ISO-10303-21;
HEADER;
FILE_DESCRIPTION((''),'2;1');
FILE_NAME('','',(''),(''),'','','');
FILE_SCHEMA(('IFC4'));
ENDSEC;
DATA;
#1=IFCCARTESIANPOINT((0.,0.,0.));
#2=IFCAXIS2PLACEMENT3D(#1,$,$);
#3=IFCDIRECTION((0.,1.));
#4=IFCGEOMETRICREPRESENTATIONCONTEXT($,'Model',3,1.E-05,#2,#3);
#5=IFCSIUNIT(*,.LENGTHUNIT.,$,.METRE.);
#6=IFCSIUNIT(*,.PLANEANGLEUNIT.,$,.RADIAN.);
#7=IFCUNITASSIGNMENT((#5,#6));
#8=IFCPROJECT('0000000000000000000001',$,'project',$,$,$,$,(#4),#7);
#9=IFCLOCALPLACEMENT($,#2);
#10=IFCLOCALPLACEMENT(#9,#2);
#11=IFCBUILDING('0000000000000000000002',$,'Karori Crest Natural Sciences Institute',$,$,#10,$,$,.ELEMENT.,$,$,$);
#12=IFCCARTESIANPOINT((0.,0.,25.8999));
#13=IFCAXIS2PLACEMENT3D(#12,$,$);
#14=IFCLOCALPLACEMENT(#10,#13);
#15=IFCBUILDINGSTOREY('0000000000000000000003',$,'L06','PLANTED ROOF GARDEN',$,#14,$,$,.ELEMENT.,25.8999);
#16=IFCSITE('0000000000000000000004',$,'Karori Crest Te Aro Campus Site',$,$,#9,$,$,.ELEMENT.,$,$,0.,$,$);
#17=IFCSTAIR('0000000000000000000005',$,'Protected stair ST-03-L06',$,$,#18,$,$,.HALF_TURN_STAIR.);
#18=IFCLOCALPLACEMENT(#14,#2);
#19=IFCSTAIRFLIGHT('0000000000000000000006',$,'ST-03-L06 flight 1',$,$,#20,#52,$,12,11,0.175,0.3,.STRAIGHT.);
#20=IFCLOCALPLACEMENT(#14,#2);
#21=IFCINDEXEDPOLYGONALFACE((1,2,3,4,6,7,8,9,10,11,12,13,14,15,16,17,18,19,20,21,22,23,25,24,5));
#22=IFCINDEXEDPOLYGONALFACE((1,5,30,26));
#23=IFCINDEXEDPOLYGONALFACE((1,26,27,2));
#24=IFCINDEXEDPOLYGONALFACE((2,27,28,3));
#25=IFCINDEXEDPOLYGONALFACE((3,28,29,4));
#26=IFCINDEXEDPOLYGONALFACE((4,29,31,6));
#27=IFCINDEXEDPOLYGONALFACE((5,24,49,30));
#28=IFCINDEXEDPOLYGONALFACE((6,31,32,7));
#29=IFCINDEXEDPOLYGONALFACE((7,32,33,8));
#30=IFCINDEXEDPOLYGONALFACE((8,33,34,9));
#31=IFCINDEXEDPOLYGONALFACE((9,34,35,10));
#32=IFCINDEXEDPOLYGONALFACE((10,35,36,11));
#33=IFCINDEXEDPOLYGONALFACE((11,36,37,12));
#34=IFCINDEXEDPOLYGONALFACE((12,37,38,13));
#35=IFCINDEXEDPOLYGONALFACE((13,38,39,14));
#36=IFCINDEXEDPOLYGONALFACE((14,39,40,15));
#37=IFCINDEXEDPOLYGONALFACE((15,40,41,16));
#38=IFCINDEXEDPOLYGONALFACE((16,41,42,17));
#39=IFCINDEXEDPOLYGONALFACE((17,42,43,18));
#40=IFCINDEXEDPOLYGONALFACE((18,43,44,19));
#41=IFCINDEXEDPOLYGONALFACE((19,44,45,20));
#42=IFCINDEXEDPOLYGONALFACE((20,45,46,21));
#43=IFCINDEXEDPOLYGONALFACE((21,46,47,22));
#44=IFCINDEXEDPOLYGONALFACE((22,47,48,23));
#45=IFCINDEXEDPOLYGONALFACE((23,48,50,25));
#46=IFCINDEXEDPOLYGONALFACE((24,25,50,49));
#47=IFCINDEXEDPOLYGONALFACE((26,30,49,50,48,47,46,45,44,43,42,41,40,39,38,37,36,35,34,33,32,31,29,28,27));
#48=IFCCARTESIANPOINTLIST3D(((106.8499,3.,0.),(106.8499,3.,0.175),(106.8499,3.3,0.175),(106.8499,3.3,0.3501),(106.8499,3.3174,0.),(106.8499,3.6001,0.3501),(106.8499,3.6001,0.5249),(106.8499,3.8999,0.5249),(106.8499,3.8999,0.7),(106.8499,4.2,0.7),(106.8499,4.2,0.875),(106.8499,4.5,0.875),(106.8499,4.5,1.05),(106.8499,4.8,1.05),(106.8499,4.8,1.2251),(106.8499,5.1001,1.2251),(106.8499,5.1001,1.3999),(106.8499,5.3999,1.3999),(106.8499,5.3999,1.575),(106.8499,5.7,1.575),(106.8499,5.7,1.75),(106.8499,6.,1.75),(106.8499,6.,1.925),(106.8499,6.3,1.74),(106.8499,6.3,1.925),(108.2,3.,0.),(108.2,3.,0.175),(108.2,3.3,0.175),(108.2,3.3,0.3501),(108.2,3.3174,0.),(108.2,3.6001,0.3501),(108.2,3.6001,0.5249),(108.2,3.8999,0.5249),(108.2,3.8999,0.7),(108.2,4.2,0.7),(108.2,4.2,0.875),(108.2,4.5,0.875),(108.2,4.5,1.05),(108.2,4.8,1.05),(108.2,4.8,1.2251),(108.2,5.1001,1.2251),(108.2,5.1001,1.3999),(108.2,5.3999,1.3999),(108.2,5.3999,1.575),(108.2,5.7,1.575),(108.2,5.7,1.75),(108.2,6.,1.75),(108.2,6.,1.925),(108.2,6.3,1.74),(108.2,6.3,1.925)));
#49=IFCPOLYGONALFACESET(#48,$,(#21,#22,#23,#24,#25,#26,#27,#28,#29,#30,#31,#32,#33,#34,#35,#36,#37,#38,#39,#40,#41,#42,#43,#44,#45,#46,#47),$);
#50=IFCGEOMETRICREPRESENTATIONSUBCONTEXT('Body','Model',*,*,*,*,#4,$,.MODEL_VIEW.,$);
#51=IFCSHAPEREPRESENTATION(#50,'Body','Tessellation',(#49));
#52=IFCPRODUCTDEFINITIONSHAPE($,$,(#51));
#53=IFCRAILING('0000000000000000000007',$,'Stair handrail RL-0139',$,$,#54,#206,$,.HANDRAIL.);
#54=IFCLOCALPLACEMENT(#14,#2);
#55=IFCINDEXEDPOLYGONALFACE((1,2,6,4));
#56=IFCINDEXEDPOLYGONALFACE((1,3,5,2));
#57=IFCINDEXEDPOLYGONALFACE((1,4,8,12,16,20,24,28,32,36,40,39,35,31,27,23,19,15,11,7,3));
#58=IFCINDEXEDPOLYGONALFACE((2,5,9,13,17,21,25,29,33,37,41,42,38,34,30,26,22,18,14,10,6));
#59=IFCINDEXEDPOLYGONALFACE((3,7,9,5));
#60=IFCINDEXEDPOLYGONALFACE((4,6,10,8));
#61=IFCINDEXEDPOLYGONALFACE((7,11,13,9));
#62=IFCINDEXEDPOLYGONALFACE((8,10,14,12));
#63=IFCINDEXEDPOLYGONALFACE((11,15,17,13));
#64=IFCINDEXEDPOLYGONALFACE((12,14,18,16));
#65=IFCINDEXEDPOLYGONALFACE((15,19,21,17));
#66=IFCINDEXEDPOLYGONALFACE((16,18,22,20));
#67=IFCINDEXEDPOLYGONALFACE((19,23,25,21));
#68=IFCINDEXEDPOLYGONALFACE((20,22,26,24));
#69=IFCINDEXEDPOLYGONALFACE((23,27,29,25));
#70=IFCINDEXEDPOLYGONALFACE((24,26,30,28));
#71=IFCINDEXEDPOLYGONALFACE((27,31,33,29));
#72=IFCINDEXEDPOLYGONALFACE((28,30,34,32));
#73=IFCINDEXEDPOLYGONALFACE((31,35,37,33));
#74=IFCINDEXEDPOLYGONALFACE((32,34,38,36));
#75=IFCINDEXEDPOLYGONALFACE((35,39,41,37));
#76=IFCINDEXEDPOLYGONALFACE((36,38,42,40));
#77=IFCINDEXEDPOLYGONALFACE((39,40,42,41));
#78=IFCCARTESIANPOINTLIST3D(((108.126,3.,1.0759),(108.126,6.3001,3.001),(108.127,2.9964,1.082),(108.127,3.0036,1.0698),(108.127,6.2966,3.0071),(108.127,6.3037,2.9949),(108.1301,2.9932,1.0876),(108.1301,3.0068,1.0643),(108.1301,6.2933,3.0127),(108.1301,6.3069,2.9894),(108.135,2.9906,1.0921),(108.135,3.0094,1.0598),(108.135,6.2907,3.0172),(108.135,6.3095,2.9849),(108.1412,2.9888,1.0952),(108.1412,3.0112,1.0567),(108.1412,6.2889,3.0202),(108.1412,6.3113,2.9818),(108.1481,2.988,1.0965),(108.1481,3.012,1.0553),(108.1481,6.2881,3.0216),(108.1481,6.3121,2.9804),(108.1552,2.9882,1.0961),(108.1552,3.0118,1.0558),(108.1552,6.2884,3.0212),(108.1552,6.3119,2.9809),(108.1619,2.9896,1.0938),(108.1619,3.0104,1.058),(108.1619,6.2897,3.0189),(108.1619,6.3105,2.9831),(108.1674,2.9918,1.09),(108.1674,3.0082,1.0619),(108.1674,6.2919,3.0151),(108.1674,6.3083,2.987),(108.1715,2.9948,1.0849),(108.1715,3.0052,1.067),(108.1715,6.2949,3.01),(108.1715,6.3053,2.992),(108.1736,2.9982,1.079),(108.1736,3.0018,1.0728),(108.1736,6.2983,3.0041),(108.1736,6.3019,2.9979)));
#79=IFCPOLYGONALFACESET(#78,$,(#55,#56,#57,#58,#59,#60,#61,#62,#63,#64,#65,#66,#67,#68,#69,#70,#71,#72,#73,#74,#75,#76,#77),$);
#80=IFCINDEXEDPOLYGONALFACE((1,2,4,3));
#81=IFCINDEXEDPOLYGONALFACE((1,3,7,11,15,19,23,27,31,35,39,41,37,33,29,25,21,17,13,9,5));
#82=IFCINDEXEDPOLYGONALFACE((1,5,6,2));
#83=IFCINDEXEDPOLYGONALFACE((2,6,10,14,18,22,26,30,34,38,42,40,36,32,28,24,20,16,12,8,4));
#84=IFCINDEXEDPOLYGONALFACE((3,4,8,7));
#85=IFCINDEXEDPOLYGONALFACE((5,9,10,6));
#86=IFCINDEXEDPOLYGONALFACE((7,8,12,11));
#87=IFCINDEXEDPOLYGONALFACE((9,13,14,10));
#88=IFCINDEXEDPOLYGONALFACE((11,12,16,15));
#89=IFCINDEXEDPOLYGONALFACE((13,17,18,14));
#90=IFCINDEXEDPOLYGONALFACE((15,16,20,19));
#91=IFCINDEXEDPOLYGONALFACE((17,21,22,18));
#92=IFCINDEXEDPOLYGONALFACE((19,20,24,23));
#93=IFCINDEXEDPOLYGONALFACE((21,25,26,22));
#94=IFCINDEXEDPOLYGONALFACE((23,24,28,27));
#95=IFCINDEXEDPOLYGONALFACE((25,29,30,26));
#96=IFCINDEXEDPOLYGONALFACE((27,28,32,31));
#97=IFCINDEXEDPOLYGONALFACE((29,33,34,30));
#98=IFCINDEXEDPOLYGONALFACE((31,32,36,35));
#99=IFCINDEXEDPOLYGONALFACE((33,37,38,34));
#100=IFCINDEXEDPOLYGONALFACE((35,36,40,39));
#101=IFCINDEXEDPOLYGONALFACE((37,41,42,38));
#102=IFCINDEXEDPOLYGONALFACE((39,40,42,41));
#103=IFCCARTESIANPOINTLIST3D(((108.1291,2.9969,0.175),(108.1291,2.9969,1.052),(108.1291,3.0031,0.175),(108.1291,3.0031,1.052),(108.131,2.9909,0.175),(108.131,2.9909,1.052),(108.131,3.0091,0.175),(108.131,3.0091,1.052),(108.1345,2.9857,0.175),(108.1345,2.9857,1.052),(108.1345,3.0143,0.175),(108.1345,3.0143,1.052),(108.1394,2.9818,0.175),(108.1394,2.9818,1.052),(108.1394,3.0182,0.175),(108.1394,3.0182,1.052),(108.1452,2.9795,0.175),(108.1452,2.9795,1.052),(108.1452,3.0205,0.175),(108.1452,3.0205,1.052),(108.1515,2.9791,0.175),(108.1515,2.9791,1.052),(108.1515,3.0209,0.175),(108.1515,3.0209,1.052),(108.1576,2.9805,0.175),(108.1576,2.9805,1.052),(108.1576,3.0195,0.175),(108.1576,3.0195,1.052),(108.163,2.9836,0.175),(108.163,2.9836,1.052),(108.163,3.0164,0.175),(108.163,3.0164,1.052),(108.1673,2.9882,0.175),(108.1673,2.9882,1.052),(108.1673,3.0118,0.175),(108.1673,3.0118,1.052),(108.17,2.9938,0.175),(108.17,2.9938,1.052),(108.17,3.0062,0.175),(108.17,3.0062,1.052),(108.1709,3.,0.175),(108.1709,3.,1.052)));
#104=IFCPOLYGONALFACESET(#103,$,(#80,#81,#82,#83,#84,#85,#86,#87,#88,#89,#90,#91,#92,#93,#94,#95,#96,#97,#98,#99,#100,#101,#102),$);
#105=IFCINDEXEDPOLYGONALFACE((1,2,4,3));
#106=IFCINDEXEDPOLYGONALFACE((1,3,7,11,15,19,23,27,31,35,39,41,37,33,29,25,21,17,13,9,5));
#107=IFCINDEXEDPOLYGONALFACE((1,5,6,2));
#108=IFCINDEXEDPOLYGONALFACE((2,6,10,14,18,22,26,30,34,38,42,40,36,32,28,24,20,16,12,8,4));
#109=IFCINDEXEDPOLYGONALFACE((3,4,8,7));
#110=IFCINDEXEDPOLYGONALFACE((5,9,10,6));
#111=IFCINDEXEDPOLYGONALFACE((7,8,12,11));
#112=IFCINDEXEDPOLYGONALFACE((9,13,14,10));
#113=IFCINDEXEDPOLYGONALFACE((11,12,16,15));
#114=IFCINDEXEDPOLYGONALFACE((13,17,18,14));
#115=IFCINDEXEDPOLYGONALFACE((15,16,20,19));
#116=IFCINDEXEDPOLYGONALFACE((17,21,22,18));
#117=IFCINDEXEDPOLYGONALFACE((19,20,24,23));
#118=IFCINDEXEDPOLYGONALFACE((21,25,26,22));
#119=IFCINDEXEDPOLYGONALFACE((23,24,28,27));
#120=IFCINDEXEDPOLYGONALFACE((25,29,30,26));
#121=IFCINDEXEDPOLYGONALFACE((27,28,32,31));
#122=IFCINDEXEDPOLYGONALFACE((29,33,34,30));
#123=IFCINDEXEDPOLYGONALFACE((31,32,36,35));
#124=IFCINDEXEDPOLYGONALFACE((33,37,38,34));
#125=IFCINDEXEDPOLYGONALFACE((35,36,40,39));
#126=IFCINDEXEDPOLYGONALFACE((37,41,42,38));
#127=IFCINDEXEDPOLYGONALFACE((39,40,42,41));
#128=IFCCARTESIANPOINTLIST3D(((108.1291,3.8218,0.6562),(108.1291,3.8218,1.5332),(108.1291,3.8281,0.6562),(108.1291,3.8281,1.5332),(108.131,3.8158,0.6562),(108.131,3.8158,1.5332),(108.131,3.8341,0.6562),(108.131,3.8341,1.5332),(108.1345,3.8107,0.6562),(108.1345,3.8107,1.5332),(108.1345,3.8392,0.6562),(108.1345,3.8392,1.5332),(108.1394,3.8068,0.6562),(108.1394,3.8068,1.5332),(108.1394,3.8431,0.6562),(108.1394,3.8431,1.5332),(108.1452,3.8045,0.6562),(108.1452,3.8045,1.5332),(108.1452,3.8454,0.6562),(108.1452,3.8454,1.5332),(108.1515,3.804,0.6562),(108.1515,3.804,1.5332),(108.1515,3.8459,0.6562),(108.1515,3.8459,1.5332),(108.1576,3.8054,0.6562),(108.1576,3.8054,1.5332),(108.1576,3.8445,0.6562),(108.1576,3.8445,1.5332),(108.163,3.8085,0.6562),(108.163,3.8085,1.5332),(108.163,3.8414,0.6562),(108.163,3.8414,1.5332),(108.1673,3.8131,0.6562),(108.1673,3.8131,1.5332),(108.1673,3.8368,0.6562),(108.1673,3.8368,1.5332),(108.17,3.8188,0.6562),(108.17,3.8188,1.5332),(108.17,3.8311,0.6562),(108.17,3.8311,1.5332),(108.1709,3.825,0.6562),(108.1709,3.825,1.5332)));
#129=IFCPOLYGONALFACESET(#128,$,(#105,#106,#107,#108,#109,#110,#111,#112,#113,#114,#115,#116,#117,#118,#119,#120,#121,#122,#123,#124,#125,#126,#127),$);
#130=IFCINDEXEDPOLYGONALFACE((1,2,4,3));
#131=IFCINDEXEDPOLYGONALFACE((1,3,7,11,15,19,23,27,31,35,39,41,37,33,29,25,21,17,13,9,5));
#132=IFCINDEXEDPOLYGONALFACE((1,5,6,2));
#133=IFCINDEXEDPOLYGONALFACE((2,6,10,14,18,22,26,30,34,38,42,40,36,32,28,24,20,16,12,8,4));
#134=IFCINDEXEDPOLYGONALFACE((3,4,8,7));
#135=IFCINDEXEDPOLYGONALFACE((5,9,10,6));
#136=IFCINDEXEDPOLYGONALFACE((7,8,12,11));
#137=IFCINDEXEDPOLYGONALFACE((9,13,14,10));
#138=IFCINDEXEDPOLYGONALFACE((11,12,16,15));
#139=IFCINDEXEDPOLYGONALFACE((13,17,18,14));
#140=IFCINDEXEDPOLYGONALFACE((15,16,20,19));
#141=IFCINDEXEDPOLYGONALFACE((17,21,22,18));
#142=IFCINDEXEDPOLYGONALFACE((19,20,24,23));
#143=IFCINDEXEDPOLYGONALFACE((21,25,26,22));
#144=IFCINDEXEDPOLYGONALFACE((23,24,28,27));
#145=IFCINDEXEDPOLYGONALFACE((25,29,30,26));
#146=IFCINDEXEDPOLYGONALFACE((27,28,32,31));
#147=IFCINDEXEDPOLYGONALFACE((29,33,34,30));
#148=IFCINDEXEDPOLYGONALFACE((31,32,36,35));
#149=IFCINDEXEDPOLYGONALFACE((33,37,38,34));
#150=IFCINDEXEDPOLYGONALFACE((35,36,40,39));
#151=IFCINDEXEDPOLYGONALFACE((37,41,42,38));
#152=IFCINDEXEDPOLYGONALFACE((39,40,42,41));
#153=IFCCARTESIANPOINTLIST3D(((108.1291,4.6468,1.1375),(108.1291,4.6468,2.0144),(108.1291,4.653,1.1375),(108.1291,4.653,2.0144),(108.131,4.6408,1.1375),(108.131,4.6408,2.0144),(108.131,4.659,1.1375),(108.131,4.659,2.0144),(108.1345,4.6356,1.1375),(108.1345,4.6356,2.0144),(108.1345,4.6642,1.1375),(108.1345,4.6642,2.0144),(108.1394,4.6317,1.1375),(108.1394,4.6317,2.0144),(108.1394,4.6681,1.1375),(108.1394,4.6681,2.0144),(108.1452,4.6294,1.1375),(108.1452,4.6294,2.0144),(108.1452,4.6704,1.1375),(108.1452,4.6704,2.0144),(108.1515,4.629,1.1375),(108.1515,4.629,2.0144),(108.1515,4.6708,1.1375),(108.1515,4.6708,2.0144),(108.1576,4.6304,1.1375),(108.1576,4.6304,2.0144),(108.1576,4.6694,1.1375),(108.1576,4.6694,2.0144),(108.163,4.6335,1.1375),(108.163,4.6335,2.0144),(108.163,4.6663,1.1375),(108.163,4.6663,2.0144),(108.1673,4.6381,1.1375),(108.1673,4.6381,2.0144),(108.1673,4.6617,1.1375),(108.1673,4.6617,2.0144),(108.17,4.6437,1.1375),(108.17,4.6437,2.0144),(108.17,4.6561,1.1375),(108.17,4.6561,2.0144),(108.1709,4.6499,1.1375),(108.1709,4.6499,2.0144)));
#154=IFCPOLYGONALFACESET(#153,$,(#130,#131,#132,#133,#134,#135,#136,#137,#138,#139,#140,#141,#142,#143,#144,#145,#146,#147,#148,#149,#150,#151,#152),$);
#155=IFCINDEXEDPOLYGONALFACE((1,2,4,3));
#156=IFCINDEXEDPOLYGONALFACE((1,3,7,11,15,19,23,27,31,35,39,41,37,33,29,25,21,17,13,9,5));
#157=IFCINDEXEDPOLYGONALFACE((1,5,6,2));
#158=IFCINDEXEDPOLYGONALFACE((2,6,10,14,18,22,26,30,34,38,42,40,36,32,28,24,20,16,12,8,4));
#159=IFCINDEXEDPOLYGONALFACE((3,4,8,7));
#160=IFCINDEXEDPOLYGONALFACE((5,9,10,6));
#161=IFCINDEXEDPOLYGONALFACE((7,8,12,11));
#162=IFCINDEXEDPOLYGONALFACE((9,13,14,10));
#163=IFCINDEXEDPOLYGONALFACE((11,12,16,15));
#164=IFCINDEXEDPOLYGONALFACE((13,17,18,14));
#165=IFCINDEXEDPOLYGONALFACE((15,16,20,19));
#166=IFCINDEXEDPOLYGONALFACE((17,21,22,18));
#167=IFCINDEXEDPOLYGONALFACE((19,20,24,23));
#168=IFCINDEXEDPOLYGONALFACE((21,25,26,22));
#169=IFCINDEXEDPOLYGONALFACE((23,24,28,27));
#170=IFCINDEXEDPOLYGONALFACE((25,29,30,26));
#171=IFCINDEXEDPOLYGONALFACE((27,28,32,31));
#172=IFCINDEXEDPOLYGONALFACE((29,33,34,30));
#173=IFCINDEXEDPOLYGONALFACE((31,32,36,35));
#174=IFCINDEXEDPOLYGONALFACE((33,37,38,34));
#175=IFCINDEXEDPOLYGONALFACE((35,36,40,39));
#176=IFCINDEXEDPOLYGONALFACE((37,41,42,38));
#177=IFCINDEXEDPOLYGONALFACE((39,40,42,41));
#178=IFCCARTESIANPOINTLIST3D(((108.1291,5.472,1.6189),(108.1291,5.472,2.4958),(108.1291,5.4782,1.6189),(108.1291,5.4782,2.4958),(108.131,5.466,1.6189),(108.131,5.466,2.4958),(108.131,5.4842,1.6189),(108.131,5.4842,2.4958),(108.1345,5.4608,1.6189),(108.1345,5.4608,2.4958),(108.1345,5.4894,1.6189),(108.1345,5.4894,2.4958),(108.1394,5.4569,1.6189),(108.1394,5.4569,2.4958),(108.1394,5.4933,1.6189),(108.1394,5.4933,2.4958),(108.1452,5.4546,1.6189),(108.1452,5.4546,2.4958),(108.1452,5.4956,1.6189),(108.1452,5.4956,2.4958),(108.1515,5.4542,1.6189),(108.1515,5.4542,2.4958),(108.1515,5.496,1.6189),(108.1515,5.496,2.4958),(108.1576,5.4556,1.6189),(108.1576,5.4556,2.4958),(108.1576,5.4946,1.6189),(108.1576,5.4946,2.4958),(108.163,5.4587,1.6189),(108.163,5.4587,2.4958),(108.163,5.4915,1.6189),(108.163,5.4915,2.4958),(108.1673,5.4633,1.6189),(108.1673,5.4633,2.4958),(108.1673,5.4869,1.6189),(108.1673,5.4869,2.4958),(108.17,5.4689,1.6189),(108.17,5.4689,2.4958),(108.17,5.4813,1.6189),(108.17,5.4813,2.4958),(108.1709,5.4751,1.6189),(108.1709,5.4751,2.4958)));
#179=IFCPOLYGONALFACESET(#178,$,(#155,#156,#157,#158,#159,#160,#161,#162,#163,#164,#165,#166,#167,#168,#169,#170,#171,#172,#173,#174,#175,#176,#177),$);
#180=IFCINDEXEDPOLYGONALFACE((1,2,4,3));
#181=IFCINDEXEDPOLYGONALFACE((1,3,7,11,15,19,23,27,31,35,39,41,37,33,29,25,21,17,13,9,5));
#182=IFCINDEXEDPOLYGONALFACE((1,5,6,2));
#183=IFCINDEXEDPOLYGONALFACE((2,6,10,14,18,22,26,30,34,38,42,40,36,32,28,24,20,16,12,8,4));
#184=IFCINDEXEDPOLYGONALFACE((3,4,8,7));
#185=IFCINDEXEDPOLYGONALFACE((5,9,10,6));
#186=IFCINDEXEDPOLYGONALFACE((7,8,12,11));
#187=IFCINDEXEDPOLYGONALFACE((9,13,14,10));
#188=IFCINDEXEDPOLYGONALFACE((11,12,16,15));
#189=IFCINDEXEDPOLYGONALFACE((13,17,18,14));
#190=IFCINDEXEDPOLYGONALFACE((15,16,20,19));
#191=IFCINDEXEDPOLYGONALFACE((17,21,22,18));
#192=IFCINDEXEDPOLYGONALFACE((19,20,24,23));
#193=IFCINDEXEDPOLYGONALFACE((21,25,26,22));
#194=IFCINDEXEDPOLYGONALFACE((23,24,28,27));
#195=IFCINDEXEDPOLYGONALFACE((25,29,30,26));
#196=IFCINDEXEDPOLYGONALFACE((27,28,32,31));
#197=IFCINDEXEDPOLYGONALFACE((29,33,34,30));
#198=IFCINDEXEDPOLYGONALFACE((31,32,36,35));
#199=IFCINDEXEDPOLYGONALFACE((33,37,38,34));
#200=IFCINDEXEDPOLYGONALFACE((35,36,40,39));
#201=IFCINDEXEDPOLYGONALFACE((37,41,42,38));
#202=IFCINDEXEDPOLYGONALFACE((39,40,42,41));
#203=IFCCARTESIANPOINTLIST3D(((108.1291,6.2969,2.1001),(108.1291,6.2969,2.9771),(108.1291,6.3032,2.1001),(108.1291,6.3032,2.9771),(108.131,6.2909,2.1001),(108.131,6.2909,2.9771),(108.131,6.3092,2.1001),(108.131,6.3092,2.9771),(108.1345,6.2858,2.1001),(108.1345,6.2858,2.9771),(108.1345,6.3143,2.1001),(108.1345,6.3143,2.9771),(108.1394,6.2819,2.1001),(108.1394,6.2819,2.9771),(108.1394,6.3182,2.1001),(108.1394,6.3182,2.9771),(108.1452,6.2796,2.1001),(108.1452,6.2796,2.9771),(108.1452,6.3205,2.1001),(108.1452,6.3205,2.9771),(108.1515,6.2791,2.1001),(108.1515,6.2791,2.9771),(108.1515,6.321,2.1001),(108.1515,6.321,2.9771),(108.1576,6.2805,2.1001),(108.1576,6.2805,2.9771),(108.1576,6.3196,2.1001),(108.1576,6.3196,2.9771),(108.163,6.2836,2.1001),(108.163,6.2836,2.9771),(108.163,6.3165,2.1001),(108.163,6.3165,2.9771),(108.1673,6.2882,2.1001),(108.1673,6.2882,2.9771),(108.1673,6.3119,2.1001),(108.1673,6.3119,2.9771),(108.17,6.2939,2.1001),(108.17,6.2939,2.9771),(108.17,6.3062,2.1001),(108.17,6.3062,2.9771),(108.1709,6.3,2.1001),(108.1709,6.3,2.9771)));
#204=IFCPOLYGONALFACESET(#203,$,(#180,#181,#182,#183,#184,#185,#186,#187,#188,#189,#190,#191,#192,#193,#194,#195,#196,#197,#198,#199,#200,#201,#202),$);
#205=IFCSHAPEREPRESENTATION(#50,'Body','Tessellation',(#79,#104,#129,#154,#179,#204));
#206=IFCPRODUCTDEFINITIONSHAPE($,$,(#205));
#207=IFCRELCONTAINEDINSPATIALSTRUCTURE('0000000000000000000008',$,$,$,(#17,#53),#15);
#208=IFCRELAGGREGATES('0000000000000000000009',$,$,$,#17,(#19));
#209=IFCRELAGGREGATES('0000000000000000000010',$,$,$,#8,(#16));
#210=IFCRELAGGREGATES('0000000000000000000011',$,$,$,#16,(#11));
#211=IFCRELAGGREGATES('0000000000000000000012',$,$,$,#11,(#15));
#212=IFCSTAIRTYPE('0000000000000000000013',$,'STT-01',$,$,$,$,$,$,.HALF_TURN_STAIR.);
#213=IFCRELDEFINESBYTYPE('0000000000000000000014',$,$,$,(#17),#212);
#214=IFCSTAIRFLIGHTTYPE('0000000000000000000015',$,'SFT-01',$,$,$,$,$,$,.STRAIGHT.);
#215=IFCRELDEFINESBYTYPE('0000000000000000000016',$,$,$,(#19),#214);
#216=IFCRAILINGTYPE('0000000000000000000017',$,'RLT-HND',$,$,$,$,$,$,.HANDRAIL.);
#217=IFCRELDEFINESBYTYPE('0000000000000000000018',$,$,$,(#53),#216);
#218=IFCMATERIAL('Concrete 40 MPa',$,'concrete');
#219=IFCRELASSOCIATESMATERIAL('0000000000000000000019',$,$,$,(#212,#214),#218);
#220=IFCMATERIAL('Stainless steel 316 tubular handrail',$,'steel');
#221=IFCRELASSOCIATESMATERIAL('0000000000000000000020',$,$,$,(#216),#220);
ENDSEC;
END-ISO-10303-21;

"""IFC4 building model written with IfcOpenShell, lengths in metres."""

from ifc_helpers import new_model, si_unit, direction, frame, origin, origin_2d, place, context, subcontext, project, spatial, polyline, circle, outline, extrude, material, type_object, element, aggregate, save


model = new_model("IFC4")

# Units and contexts
model_context = context("Model", 3, precision=1e-05, world=origin(), true_north=direction((0.0, 1.0)))
body_context = subcontext(model_context, "Body", "Model", "MODEL_VIEW")
ifc_project = project(units=[si_unit("LENGTHUNIT", "METRE"), si_unit("PLANEANGLEUNIT", "RADIAN")], contexts=[model_context])

# Site, building, storey
site_placement = place(None, origin())
site = spatial("IfcSite", under=ifc_project, at=site_placement, Name="Karori Crest Te Aro Campus Site", CompositionType="ELEMENT", RefElevation=0.0)
building_placement = place(site_placement, origin())
building = spatial("IfcBuilding", under=site, at=building_placement, Name="Karori Crest Natural Sciences Institute", CompositionType="ELEMENT")
storey_placement = place(building_placement, frame((0.0, 0.0, 25.8999)))
storey = spatial("IfcBuildingStorey", under=building, at=storey_placement, Name="L06", Description="PLANTED ROOF GARDEN", CompositionType="ELEMENT", Elevation=25.8999)

# Shared definitions
ifc_material_1 = material(Name="Concrete 40 MPa", Category="concrete")

# Stair, stair flight
stair_type = type_object("IfcStairType", Name="STT-01", PredefinedType="HALF_TURN_STAIR", material=ifc_material_1)
stair_placement = place(storey_placement, origin())
stair = element("IfcStair", 1, at=stair_placement, inside=storey, type_object=stair_type, Name="Protected stair ST-03-L06", PredefinedType="HALF_TURN_STAIR")
stair_flight_type = type_object("IfcStairFlightType", Name="SFT-01", PredefinedType="STRAIGHT", material=ifc_material_1)
stair_flight_placement = place(storey_placement, frame((107.5249, 3.0, 0.0), z_axis=(0.0, 0.0, 1.0), x_axis=(0.0, 1.0, 0.0)))
stair_flight = element("IfcStairFlight", 2, at=stair_flight_placement, type_object=stair_flight_type, Name="ST-03-L06 flight 1", NumberOfRisers=12, NumberOfTreads=11, PredefinedType="STRAIGHT", RiserHeight=0.175, TreadLength=0.3, context=body_context, shape_type="SweptSolid", body=[
    extrude(outline(polyline([(0.0, 0.0), (0.0, 0.175), (0.3, 0.175), (0.3, 0.3501), (0.6001, 0.3501), (0.6001, 0.5249), (0.8999, 0.5249), (0.8999, 0.7), (1.2, 0.7), (1.2, 0.875), (1.5, 0.875), (1.5, 1.05), (1.8, 1.05), (1.8, 1.2251), (2.1001, 1.2251), (2.1001, 1.3999), (2.3999, 1.3999), (2.3999, 1.575), (2.7, 1.575), (2.7, 1.75), (3.0, 1.75), (3.0, 1.925), (3.3, 1.925), (3.3, 2.1001), (3.3, 1.74), (0.3174, 0.0), (0.0, 0.0)])), frame((0.0, 0.675, 0.0), z_axis=(0.0, -1.0, 0.0), x_axis=(1.0, 0.0, 0.0)), (0.0, 0.0, 1.0), 1.3501),
])
aggregate(stair, [stair_flight])

# Railing
ifc_material_2 = material(Name="Stainless steel 316 tubular handrail", Category="steel")
railing_type_1 = type_object("IfcRailingType", Name="RLT-HND", PredefinedType="HANDRAIL", material=ifc_material_2)
railing_1_placement = place(storey_placement, frame((108.1499, 3.0, 0.175)))
element("IfcRailing", 3, at=railing_1_placement, inside=storey, type_object=railing_type_1, Name="Stair handrail RL-0139", PredefinedType="HANDRAIL", context=body_context, shape_type="SweptSolid", body=[
    extrude(circle(Radius=0.0239, at=origin_2d()), frame((0.0, 0.0, 0.9009), z_axis=(0.0, 0.863777, 0.503875), x_axis=(-1.0, 0.0, 0.0)), (0.0, 0.0, 1.0), 3.8206),
    extrude(circle(Radius=0.021, at=origin_2d()), origin(), (0.0, 0.0, 1.0), 0.877),
    extrude(circle(Radius=0.021, at=origin_2d()), frame((0.0, 0.825, 0.4812)), (0.0, 0.0, 1.0), 0.877),
    extrude(circle(Radius=0.021, at=origin_2d()), frame((0.0, 1.6499, 0.9624)), (0.0, 0.0, 1.0), 0.877),
    extrude(circle(Radius=0.021, at=origin_2d()), frame((0.0, 2.4751, 1.4438)), (0.0, 0.0, 1.0), 0.877),
    extrude(circle(Radius=0.021, at=origin_2d()), frame((0.0, 3.3, 1.925)), (0.0, 0.0, 1.0), 0.877),
])

save(model, "model.ifc")
